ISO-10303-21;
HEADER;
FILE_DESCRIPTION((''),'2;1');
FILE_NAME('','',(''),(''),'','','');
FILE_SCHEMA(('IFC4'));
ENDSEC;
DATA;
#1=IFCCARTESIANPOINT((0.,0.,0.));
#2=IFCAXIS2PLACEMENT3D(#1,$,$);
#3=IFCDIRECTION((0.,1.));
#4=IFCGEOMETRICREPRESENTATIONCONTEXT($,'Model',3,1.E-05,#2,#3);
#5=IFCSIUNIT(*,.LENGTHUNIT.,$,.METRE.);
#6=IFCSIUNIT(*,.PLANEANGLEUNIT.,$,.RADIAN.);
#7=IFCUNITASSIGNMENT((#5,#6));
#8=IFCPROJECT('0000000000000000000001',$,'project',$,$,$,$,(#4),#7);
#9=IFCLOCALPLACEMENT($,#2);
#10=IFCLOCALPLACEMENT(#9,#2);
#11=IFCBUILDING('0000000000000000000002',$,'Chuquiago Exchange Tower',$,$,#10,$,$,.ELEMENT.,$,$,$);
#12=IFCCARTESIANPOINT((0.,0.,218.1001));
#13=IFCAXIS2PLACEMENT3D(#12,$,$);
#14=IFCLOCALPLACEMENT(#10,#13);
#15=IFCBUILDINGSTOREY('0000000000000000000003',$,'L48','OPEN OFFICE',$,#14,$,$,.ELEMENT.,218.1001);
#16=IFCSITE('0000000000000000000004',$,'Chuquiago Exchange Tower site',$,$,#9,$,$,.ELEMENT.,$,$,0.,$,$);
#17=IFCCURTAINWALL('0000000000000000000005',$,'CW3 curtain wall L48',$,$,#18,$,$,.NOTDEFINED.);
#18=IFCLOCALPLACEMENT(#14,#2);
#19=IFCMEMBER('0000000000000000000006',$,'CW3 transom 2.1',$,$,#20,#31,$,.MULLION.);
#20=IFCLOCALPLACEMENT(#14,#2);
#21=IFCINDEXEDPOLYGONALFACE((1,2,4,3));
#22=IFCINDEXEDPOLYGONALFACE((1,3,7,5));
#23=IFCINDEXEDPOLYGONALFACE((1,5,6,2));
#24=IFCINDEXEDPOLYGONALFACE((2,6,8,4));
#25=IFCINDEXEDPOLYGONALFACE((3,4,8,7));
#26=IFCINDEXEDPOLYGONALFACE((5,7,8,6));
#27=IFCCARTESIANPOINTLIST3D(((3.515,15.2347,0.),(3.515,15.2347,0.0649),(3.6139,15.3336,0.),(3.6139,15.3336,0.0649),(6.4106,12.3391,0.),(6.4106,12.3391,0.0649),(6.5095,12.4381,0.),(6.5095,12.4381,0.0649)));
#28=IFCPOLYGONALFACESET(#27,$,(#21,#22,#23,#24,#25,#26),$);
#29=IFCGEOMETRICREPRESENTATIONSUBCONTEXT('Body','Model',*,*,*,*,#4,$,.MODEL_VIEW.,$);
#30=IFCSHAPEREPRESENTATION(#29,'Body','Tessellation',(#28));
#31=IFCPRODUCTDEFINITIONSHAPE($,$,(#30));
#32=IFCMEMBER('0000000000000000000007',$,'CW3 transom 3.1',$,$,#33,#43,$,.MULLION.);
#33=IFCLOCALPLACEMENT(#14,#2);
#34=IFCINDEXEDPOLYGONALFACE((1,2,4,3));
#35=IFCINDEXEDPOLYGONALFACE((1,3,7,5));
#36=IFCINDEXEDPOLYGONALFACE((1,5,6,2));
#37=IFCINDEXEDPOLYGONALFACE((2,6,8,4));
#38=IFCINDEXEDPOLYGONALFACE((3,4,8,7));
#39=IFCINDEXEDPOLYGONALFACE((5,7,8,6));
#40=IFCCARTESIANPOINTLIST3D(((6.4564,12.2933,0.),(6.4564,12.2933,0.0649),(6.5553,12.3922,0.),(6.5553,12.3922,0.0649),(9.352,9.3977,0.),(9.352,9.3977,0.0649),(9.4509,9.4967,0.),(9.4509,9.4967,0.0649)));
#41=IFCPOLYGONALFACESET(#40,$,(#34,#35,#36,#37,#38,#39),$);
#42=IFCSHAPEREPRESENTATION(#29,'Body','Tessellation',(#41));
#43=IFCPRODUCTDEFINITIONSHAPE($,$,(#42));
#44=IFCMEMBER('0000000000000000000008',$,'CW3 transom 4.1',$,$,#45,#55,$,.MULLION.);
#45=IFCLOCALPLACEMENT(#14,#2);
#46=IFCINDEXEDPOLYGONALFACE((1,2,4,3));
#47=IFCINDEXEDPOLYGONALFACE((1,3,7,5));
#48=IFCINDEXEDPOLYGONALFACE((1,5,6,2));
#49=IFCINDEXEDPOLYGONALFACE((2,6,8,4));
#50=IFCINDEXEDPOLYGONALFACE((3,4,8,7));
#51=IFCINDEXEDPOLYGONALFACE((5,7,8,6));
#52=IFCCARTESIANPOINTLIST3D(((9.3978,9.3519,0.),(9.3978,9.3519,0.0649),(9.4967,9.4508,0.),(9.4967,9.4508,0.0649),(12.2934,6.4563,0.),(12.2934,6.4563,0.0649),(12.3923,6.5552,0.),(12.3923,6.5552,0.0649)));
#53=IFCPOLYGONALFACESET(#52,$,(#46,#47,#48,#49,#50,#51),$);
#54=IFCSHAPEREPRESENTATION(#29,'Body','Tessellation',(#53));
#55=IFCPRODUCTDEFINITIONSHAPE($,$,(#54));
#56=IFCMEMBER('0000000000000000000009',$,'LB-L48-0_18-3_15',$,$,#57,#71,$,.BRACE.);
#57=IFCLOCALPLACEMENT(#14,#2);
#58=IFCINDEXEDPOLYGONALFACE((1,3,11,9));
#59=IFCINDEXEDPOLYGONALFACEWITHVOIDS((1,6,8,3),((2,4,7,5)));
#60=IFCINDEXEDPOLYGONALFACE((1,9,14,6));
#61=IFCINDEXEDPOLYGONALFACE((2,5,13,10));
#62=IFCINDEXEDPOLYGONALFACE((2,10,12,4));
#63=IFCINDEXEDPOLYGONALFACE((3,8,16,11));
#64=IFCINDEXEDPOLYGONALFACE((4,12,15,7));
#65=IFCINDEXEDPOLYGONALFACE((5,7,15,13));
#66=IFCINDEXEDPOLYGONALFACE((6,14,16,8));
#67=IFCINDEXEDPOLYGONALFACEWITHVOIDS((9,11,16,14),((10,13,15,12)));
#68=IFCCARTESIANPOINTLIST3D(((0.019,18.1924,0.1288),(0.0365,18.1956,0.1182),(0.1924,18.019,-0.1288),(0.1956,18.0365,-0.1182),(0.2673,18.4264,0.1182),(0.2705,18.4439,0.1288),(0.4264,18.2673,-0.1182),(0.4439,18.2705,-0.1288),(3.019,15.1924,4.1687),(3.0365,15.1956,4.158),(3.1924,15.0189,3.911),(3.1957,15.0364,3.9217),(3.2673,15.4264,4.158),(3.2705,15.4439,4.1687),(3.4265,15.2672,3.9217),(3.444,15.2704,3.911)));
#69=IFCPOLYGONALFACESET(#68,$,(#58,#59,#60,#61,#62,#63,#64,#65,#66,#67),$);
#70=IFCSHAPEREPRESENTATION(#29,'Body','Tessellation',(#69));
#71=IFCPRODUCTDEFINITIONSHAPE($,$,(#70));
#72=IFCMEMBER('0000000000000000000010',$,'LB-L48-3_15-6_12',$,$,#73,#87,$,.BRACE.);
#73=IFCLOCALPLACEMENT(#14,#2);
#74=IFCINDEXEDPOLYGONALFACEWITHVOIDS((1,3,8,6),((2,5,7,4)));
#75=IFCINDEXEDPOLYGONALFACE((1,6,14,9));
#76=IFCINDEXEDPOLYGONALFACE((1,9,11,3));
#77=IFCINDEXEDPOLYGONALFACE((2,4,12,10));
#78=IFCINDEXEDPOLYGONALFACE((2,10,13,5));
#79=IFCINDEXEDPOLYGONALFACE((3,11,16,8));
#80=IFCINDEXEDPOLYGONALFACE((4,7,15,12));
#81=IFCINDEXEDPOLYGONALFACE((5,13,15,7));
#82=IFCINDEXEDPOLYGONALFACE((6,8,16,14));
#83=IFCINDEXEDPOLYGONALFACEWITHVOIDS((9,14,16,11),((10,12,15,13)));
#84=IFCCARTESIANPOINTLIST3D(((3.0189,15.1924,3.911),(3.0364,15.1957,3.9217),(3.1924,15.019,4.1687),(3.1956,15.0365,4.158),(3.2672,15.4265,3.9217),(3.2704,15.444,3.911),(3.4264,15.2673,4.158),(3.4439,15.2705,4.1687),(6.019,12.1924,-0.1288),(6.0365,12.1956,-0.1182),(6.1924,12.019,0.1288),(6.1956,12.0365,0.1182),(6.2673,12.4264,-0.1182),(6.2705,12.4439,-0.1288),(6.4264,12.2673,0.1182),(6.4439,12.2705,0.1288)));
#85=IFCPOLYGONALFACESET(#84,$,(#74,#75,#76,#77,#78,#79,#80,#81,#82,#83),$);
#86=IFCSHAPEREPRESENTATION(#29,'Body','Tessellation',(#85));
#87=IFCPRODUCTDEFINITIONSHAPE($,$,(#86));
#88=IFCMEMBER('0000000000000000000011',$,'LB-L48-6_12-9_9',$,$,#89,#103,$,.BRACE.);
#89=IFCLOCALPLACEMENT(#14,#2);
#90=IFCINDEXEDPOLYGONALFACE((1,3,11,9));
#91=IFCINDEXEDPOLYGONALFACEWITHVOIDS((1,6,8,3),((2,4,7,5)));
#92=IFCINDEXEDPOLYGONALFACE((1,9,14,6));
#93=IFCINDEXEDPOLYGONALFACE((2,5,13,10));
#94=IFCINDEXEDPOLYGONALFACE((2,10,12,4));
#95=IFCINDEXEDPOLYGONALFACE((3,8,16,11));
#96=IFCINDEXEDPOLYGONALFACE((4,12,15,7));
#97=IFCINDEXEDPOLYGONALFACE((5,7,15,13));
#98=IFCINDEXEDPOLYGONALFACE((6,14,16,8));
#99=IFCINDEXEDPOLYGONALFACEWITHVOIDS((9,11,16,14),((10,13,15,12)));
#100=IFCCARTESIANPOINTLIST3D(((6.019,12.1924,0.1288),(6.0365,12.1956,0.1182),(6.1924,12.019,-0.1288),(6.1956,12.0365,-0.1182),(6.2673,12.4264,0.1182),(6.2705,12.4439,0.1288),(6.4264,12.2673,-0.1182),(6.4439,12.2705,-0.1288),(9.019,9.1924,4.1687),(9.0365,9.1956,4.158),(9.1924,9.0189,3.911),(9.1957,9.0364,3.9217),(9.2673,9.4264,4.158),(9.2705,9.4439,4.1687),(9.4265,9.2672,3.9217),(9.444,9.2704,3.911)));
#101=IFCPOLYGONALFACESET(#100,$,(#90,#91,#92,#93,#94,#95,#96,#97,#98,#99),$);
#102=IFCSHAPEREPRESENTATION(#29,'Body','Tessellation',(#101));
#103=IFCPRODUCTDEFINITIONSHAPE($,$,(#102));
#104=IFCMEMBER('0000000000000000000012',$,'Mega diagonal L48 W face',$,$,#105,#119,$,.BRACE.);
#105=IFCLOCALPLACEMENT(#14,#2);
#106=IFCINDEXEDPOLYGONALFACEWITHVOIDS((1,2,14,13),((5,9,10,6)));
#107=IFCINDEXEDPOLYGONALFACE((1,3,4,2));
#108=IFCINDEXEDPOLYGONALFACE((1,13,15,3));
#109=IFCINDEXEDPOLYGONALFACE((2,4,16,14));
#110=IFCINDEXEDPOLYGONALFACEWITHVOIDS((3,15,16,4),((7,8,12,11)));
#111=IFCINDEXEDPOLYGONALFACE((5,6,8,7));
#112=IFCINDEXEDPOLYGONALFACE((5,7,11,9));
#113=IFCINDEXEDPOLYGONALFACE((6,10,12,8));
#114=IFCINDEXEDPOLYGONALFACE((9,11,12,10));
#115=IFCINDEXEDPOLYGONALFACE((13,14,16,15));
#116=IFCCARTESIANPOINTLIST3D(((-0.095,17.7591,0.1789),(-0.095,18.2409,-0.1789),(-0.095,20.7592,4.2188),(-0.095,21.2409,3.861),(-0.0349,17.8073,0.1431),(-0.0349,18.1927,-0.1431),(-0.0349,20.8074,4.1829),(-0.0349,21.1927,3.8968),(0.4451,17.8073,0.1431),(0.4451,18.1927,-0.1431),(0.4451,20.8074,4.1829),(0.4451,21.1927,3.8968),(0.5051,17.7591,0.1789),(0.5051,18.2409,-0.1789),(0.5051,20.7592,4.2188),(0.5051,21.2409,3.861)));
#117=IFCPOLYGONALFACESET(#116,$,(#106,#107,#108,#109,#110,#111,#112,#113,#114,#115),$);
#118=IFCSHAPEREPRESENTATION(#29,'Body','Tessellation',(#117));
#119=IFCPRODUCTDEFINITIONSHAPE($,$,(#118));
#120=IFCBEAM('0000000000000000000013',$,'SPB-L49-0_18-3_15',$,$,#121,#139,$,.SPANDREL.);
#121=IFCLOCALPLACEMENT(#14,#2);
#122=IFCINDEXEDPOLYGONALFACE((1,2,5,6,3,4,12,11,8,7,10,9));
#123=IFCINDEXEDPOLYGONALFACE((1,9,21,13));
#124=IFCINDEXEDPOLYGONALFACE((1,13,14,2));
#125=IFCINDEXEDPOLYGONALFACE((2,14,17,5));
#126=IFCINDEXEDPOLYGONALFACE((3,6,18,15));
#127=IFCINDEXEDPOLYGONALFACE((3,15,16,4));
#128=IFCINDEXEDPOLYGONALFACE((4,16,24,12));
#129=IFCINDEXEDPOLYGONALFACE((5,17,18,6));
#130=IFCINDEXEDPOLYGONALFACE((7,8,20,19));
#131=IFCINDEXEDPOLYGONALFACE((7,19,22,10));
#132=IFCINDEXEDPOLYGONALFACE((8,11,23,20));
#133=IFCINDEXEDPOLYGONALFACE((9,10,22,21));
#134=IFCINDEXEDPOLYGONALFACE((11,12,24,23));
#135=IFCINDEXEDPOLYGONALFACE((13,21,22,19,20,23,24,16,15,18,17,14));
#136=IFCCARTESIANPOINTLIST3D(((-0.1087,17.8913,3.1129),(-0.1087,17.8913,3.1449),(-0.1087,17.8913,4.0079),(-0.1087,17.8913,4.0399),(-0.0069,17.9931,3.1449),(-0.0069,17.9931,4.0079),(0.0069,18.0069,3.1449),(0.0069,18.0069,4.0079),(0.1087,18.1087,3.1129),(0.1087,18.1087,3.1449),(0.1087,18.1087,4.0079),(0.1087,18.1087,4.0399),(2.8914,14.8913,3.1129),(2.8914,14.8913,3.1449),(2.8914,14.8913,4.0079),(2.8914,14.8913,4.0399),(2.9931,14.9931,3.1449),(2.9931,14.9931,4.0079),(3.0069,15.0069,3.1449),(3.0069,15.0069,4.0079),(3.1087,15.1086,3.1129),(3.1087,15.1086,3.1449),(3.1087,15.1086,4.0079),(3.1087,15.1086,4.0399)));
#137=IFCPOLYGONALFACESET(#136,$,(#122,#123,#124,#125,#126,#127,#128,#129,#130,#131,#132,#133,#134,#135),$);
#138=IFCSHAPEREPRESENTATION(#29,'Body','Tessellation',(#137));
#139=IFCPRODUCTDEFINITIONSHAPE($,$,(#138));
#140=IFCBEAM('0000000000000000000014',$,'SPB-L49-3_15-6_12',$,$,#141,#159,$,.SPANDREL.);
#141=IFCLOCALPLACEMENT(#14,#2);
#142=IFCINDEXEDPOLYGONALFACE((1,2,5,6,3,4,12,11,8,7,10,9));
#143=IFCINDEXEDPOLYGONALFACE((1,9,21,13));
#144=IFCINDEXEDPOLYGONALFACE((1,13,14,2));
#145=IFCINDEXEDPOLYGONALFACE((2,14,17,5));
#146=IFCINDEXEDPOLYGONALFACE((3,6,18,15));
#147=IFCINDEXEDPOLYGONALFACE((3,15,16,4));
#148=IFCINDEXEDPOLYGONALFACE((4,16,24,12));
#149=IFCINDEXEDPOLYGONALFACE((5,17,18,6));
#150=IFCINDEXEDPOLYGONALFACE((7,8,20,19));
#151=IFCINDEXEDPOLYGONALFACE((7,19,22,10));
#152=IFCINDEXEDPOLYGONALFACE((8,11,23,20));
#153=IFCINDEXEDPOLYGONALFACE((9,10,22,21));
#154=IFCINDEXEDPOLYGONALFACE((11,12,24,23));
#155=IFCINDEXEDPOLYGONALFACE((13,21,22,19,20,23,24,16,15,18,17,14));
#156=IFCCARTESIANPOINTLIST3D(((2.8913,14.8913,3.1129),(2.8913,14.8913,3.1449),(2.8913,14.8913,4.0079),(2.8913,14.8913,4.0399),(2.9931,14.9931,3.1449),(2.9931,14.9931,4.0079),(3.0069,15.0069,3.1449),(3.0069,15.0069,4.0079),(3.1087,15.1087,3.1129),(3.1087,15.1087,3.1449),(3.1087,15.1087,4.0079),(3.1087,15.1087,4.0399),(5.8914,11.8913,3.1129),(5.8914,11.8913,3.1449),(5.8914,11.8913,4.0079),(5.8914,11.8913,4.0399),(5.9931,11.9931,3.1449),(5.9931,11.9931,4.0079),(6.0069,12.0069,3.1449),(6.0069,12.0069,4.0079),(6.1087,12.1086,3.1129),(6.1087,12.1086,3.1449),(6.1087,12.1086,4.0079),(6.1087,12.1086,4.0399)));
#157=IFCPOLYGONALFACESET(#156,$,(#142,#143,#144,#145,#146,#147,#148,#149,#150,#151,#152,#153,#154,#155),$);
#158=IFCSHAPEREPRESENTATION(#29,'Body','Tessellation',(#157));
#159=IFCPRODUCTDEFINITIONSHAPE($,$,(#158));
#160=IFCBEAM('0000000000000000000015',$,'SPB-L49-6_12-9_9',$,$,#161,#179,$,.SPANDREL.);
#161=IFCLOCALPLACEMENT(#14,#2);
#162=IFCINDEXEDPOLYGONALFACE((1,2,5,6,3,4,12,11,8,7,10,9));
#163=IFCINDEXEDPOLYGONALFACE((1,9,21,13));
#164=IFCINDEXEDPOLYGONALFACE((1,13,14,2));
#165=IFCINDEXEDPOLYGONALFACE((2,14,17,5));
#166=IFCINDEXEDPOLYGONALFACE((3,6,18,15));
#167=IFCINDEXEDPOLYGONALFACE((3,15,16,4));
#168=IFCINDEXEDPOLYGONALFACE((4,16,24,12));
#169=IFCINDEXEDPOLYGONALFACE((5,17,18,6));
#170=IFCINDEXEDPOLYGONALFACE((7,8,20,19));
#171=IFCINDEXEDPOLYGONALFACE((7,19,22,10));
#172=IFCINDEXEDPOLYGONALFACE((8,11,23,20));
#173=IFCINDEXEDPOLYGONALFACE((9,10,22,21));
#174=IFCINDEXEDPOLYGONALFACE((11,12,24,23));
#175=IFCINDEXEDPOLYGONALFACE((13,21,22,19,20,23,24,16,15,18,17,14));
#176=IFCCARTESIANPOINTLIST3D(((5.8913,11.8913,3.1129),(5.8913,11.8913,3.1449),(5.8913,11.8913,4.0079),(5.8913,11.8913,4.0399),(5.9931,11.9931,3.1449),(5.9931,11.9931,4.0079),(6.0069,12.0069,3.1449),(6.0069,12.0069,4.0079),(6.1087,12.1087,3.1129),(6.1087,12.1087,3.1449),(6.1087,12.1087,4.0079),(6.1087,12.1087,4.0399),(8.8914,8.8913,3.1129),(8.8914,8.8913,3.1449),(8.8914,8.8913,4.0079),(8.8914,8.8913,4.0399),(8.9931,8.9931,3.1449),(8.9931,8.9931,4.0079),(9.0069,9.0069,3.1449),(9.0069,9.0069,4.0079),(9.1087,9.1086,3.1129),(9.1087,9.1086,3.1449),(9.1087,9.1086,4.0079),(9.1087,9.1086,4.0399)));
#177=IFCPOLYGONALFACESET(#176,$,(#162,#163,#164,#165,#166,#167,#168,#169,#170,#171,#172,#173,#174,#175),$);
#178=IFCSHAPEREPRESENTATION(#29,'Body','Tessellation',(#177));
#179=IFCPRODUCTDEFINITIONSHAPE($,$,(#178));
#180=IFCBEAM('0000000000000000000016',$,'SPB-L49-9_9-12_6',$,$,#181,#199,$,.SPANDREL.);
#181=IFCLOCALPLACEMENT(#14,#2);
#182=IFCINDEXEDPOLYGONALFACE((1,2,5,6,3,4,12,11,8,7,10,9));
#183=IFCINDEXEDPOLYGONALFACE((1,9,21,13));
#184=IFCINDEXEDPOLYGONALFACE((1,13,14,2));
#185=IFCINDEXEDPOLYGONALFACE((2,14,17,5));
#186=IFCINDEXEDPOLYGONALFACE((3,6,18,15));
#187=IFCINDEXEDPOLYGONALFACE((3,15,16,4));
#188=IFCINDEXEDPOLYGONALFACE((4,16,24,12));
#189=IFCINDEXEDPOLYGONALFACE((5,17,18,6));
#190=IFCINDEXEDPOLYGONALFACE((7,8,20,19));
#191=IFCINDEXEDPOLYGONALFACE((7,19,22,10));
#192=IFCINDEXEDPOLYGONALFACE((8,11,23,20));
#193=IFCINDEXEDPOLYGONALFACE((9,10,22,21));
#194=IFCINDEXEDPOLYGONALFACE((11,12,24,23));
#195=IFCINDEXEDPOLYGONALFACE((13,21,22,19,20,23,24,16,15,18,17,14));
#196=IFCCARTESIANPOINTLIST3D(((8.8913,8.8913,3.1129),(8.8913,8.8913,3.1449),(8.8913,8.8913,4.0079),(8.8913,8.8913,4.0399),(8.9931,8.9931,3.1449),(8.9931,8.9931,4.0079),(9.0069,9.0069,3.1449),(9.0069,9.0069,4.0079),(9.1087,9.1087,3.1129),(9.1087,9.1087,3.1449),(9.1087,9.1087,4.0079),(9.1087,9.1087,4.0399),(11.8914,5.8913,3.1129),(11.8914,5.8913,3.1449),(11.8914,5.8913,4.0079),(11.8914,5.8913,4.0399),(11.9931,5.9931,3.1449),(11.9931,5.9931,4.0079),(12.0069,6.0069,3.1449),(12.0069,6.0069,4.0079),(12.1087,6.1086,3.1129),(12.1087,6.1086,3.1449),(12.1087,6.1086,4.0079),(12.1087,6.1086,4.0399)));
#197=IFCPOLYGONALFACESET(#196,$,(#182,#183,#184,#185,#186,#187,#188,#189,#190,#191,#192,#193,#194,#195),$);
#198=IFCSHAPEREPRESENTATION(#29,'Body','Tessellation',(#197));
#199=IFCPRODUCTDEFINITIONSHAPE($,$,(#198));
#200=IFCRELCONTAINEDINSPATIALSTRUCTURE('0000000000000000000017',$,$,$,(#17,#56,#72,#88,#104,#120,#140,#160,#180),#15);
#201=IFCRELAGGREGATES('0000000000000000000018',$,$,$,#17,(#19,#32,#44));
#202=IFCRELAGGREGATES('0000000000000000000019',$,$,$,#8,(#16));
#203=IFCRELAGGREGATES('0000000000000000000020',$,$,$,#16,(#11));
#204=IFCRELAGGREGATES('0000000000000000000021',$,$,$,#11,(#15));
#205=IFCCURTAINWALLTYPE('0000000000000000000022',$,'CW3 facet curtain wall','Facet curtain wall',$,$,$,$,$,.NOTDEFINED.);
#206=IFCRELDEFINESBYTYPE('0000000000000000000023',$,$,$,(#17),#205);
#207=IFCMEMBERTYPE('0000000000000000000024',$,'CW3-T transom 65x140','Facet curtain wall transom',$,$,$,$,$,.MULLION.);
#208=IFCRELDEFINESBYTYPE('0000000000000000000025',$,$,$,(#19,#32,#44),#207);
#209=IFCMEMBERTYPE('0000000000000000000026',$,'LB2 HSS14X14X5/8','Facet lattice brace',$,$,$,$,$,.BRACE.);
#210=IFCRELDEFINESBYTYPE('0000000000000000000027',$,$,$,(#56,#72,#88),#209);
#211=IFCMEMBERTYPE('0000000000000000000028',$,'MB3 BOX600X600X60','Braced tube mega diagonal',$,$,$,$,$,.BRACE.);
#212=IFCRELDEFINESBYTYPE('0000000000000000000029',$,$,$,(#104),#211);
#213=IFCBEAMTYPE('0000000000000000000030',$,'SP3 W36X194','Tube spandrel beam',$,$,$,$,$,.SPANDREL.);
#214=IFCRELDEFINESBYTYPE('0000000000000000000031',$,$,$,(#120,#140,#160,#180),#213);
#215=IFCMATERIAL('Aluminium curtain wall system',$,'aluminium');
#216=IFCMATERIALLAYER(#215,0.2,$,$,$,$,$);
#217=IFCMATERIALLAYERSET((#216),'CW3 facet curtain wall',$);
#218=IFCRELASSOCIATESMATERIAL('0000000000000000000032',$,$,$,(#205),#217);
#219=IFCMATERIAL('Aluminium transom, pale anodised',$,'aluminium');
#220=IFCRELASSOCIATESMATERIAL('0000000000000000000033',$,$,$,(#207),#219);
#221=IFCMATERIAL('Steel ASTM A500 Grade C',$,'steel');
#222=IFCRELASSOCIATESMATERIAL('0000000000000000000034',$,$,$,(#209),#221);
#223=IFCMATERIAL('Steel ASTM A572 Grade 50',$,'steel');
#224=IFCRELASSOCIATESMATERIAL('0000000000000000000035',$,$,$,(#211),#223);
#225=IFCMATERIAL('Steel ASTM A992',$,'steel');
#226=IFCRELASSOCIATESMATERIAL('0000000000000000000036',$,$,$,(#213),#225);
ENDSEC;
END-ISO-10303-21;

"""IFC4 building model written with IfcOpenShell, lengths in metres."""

from ifc_helpers import new_model, si_unit, direction, frame, origin, origin_2d, place, context, subcontext, project, spatial, rectangle, hollow_rectangle, i_section, extrude, material, layer, layer_set, material_profile, profile_set, type_object, element, aggregate, save


model = new_model("IFC4")

# Units and contexts
model_context = context("Model", 3, precision=1e-05, world=origin(), true_north=direction((0.0, 1.0)))
body_context = subcontext(model_context, "Body", "Model", "MODEL_VIEW")
ifc_project = project(units=[si_unit("LENGTHUNIT", "METRE"), si_unit("PLANEANGLEUNIT", "RADIAN")], contexts=[model_context])

# Site, building, storey
site_placement = place(None, origin())
site = spatial("IfcSite", under=ifc_project, at=site_placement, Name="Chuquiago Exchange Tower site", CompositionType="ELEMENT", RefElevation=0.0)
building_placement = place(site_placement, origin())
building = spatial("IfcBuilding", under=site, at=building_placement, Name="Chuquiago Exchange Tower", CompositionType="ELEMENT")
storey_placement = place(building_placement, frame((0.0, 0.0, 218.1001)))
storey = spatial("IfcBuildingStorey", under=building, at=storey_placement, Name="L48", Description="OPEN OFFICE", CompositionType="ELEMENT", Elevation=218.1001)

# Curtain wall, members
ifc_material_1 = material(Name="Aluminium curtain wall system", Category="aluminium")
ifc_layer_1 = layer(ifc_material_1, 0.2)
ifc_layer_set_1 = layer_set([ifc_layer_1], Name="CW3 facet curtain wall")
curtain_wall_type_1 = type_object("IfcCurtainWallType", Name="CW3 facet curtain wall", Description="Facet curtain wall", PredefinedType="NOTDEFINED", material=ifc_layer_set_1)
curtain_wall_1_placement = place(storey_placement, origin())
curtain_wall_1 = element("IfcCurtainWall", 1, at=curtain_wall_1_placement, inside=storey, type_object=curtain_wall_type_1, Name="CW3 curtain wall L48", PredefinedType="NOTDEFINED")
ifc_material_2 = material(Name="Aluminium transom, pale anodised", Category="aluminium")
ifc_material_profile_1 = material_profile(ifc_material_2, rectangle(XDim=0.1399, YDim=0.0649, at=origin_2d()), Name="AL 140x65")
ifc_profile_set_1 = profile_set([ifc_material_profile_1], Name="Aluminium transom, pale anodised")
member_type_1 = type_object("IfcMemberType", Name="CW3-T transom 65x140", Description="Facet curtain wall transom", PredefinedType="MULLION", material=ifc_profile_set_1)
member_1_placement = place(storey_placement, frame((3.5645, 15.2842, 0.0325), z_axis=(0.707107, -0.707107, 0.0), x_axis=(0.707107, 0.707107, 0.0)))
member_1 = element("IfcMember", 2, at=member_1_placement, type_object=member_type_1, Name="CW3 transom 2.1", PredefinedType="MULLION", context=body_context, shape_type="SweptSolid", body=[
    extrude(rectangle(XDim=0.1399, YDim=0.0649, at=origin_2d()), origin(), (0.0, 0.0, 1.0), 4.095),
])
member_2_placement = place(storey_placement, frame((6.5059, 12.3428, 0.0325), z_axis=(0.707107, -0.707107, 0.0), x_axis=(0.707107, 0.707107, 0.0)))
member_2 = element("IfcMember", 3, at=member_2_placement, type_object=member_type_1, Name="CW3 transom 3.1", PredefinedType="MULLION", context=body_context, shape_type="SweptSolid", body=[
    extrude(rectangle(XDim=0.1399, YDim=0.0649, at=origin_2d()), origin(), (0.0, 0.0, 1.0), 4.095),
])
member_3_placement = place(storey_placement, frame((9.4473, 9.4014, 0.0325), z_axis=(0.707107, -0.707107, 0.0), x_axis=(0.707107, 0.707107, 0.0)))
member_3 = element("IfcMember", 4, at=member_3_placement, type_object=member_type_1, Name="CW3 transom 4.1", PredefinedType="MULLION", context=body_context, shape_type="SweptSolid", body=[
    extrude(rectangle(XDim=0.1399, YDim=0.0649, at=origin_2d()), origin(), (0.0, 0.0, 1.0), 4.095),
])

# Members
ifc_material_3 = material(Name="Steel ASTM A500 Grade C", Category="steel")
ifc_material_profile_2 = material_profile(ifc_material_3, hollow_rectangle(XDim=0.3557, YDim=0.3557, WallThickness=0.0146, at=origin_2d()), Name="HSS14X14X5/8")
ifc_profile_set_2 = profile_set([ifc_material_profile_2], Name="Steel ASTM A500 Grade C")
member_type_2 = type_object("IfcMemberType", Name="LB2 HSS14X14X5/8", Description="Facet lattice brace", PredefinedType="BRACE", material=ifc_profile_set_2)
for number, where, z_axis, x_axis, name in (
    (5, (0.2314, 18.2314, 0.0), (0.512092, -0.512092, 0.689582), (0.707107, 0.707107, 0.0), "LB-L48-0_18-3_15"),
    (6, (6.2314, 12.2314, 0.0), (-0.512092, 0.512092, 0.689582), (-0.707107, -0.707107, 0.0), "LB-L48-3_15-6_12"),
    (7, (6.2314, 12.2314, 0.0), (0.512092, -0.512092, 0.689582), (0.707107, 0.707107, 0.0), "LB-L48-6_12-9_9"),
):
    element("IfcMember", number, at=place(storey_placement, frame(where, z_axis=z_axis, x_axis=x_axis)), inside=storey, type_object=member_type_2, Name=name, PredefinedType="BRACE", context=body_context, shape_type="SweptSolid", body=[
        extrude(hollow_rectangle(XDim=0.3557, YDim=0.3557, WallThickness=0.0146, at=origin_2d()), origin(), (0.0, 0.0, 1.0), 5.8584),
    ])
ifc_material_4 = material(Name="Steel ASTM A572 Grade 50", Category="steel")
ifc_material_profile_3 = material_profile(ifc_material_4, hollow_rectangle(XDim=0.6001, YDim=0.6001, WallThickness=0.0601, at=origin_2d()), Name="BOX600X600X60")
ifc_profile_set_3 = profile_set([ifc_material_profile_3], Name="Steel ASTM A572 Grade 50")
member_type_3 = type_object("IfcMemberType", Name="MB3 BOX600X600X60", Description="Braced tube mega diagonal", PredefinedType="BRACE", material=ifc_profile_set_3)
member_4_placement = place(storey_placement, frame((0.2051, 18.0, 0.0), z_axis=(0.0, 0.596197, 0.802838), x_axis=(-1.0, 0.0, 0.0)))
element("IfcMember", 8, at=member_4_placement, inside=storey, type_object=member_type_3, Name="Mega diagonal L48 W face", PredefinedType="BRACE", context=body_context, shape_type="SweptSolid", body=[
    extrude(hollow_rectangle(XDim=0.6001, YDim=0.6001, WallThickness=0.0601, at=origin_2d()), origin(), (0.0, 0.0, 1.0), 5.032),
])

# Beams
ifc_material_5 = material(Name="Steel ASTM A992", Category="steel")
ifc_material_profile_4 = material_profile(ifc_material_5, i_section(OverallWidth=0.3074, OverallDepth=0.927, WebThickness=0.0195, FlangeThickness=0.032, at=origin_2d()), Name="W36X194")
ifc_profile_set_4 = profile_set([ifc_material_profile_4], Name="Steel ASTM A992")
beam_type = type_object("IfcBeamType", Name="SP3 W36X194", Description="Tube spandrel beam", PredefinedType="SPANDREL", material=ifc_profile_set_4)
for number, where, z_axis, x_axis, name in (
    (9, (0.0, 18.0, 3.5764), (0.707107, -0.707107, 0.0), (0.707107, 0.707107, 0.0), "SPB-L49-0_18-3_15"),
    (10, (3.0, 15.0, 3.5764), (0.707107, -0.707107, 0.0), (0.707107, 0.707107, 0.0), "SPB-L49-3_15-6_12"),
    (11, (6.0, 12.0, 3.5764), (0.707107, -0.707107, 0.0), (0.707107, 0.707107, 0.0), "SPB-L49-6_12-9_9"),
    (12, (9.0, 9.0, 3.5764), (0.707107, -0.707107, 0.0), (0.707107, 0.707107, 0.0), "SPB-L49-9_9-12_6"),
):
    element("IfcBeam", number, at=place(storey_placement, frame(where, z_axis=z_axis, x_axis=x_axis)), inside=storey, type_object=beam_type, Name=name, PredefinedType="SPANDREL", context=body_context, shape_type="SweptSolid", body=[
        extrude(i_section(OverallWidth=0.3074, OverallDepth=0.927, WebThickness=0.0195, FlangeThickness=0.032, at=origin_2d()), origin(), (0.0, 0.0, 1.0), 4.2427),
    ])

aggregate(curtain_wall_1, [member_1, member_2, member_3])

save(model, "model.ifc")
